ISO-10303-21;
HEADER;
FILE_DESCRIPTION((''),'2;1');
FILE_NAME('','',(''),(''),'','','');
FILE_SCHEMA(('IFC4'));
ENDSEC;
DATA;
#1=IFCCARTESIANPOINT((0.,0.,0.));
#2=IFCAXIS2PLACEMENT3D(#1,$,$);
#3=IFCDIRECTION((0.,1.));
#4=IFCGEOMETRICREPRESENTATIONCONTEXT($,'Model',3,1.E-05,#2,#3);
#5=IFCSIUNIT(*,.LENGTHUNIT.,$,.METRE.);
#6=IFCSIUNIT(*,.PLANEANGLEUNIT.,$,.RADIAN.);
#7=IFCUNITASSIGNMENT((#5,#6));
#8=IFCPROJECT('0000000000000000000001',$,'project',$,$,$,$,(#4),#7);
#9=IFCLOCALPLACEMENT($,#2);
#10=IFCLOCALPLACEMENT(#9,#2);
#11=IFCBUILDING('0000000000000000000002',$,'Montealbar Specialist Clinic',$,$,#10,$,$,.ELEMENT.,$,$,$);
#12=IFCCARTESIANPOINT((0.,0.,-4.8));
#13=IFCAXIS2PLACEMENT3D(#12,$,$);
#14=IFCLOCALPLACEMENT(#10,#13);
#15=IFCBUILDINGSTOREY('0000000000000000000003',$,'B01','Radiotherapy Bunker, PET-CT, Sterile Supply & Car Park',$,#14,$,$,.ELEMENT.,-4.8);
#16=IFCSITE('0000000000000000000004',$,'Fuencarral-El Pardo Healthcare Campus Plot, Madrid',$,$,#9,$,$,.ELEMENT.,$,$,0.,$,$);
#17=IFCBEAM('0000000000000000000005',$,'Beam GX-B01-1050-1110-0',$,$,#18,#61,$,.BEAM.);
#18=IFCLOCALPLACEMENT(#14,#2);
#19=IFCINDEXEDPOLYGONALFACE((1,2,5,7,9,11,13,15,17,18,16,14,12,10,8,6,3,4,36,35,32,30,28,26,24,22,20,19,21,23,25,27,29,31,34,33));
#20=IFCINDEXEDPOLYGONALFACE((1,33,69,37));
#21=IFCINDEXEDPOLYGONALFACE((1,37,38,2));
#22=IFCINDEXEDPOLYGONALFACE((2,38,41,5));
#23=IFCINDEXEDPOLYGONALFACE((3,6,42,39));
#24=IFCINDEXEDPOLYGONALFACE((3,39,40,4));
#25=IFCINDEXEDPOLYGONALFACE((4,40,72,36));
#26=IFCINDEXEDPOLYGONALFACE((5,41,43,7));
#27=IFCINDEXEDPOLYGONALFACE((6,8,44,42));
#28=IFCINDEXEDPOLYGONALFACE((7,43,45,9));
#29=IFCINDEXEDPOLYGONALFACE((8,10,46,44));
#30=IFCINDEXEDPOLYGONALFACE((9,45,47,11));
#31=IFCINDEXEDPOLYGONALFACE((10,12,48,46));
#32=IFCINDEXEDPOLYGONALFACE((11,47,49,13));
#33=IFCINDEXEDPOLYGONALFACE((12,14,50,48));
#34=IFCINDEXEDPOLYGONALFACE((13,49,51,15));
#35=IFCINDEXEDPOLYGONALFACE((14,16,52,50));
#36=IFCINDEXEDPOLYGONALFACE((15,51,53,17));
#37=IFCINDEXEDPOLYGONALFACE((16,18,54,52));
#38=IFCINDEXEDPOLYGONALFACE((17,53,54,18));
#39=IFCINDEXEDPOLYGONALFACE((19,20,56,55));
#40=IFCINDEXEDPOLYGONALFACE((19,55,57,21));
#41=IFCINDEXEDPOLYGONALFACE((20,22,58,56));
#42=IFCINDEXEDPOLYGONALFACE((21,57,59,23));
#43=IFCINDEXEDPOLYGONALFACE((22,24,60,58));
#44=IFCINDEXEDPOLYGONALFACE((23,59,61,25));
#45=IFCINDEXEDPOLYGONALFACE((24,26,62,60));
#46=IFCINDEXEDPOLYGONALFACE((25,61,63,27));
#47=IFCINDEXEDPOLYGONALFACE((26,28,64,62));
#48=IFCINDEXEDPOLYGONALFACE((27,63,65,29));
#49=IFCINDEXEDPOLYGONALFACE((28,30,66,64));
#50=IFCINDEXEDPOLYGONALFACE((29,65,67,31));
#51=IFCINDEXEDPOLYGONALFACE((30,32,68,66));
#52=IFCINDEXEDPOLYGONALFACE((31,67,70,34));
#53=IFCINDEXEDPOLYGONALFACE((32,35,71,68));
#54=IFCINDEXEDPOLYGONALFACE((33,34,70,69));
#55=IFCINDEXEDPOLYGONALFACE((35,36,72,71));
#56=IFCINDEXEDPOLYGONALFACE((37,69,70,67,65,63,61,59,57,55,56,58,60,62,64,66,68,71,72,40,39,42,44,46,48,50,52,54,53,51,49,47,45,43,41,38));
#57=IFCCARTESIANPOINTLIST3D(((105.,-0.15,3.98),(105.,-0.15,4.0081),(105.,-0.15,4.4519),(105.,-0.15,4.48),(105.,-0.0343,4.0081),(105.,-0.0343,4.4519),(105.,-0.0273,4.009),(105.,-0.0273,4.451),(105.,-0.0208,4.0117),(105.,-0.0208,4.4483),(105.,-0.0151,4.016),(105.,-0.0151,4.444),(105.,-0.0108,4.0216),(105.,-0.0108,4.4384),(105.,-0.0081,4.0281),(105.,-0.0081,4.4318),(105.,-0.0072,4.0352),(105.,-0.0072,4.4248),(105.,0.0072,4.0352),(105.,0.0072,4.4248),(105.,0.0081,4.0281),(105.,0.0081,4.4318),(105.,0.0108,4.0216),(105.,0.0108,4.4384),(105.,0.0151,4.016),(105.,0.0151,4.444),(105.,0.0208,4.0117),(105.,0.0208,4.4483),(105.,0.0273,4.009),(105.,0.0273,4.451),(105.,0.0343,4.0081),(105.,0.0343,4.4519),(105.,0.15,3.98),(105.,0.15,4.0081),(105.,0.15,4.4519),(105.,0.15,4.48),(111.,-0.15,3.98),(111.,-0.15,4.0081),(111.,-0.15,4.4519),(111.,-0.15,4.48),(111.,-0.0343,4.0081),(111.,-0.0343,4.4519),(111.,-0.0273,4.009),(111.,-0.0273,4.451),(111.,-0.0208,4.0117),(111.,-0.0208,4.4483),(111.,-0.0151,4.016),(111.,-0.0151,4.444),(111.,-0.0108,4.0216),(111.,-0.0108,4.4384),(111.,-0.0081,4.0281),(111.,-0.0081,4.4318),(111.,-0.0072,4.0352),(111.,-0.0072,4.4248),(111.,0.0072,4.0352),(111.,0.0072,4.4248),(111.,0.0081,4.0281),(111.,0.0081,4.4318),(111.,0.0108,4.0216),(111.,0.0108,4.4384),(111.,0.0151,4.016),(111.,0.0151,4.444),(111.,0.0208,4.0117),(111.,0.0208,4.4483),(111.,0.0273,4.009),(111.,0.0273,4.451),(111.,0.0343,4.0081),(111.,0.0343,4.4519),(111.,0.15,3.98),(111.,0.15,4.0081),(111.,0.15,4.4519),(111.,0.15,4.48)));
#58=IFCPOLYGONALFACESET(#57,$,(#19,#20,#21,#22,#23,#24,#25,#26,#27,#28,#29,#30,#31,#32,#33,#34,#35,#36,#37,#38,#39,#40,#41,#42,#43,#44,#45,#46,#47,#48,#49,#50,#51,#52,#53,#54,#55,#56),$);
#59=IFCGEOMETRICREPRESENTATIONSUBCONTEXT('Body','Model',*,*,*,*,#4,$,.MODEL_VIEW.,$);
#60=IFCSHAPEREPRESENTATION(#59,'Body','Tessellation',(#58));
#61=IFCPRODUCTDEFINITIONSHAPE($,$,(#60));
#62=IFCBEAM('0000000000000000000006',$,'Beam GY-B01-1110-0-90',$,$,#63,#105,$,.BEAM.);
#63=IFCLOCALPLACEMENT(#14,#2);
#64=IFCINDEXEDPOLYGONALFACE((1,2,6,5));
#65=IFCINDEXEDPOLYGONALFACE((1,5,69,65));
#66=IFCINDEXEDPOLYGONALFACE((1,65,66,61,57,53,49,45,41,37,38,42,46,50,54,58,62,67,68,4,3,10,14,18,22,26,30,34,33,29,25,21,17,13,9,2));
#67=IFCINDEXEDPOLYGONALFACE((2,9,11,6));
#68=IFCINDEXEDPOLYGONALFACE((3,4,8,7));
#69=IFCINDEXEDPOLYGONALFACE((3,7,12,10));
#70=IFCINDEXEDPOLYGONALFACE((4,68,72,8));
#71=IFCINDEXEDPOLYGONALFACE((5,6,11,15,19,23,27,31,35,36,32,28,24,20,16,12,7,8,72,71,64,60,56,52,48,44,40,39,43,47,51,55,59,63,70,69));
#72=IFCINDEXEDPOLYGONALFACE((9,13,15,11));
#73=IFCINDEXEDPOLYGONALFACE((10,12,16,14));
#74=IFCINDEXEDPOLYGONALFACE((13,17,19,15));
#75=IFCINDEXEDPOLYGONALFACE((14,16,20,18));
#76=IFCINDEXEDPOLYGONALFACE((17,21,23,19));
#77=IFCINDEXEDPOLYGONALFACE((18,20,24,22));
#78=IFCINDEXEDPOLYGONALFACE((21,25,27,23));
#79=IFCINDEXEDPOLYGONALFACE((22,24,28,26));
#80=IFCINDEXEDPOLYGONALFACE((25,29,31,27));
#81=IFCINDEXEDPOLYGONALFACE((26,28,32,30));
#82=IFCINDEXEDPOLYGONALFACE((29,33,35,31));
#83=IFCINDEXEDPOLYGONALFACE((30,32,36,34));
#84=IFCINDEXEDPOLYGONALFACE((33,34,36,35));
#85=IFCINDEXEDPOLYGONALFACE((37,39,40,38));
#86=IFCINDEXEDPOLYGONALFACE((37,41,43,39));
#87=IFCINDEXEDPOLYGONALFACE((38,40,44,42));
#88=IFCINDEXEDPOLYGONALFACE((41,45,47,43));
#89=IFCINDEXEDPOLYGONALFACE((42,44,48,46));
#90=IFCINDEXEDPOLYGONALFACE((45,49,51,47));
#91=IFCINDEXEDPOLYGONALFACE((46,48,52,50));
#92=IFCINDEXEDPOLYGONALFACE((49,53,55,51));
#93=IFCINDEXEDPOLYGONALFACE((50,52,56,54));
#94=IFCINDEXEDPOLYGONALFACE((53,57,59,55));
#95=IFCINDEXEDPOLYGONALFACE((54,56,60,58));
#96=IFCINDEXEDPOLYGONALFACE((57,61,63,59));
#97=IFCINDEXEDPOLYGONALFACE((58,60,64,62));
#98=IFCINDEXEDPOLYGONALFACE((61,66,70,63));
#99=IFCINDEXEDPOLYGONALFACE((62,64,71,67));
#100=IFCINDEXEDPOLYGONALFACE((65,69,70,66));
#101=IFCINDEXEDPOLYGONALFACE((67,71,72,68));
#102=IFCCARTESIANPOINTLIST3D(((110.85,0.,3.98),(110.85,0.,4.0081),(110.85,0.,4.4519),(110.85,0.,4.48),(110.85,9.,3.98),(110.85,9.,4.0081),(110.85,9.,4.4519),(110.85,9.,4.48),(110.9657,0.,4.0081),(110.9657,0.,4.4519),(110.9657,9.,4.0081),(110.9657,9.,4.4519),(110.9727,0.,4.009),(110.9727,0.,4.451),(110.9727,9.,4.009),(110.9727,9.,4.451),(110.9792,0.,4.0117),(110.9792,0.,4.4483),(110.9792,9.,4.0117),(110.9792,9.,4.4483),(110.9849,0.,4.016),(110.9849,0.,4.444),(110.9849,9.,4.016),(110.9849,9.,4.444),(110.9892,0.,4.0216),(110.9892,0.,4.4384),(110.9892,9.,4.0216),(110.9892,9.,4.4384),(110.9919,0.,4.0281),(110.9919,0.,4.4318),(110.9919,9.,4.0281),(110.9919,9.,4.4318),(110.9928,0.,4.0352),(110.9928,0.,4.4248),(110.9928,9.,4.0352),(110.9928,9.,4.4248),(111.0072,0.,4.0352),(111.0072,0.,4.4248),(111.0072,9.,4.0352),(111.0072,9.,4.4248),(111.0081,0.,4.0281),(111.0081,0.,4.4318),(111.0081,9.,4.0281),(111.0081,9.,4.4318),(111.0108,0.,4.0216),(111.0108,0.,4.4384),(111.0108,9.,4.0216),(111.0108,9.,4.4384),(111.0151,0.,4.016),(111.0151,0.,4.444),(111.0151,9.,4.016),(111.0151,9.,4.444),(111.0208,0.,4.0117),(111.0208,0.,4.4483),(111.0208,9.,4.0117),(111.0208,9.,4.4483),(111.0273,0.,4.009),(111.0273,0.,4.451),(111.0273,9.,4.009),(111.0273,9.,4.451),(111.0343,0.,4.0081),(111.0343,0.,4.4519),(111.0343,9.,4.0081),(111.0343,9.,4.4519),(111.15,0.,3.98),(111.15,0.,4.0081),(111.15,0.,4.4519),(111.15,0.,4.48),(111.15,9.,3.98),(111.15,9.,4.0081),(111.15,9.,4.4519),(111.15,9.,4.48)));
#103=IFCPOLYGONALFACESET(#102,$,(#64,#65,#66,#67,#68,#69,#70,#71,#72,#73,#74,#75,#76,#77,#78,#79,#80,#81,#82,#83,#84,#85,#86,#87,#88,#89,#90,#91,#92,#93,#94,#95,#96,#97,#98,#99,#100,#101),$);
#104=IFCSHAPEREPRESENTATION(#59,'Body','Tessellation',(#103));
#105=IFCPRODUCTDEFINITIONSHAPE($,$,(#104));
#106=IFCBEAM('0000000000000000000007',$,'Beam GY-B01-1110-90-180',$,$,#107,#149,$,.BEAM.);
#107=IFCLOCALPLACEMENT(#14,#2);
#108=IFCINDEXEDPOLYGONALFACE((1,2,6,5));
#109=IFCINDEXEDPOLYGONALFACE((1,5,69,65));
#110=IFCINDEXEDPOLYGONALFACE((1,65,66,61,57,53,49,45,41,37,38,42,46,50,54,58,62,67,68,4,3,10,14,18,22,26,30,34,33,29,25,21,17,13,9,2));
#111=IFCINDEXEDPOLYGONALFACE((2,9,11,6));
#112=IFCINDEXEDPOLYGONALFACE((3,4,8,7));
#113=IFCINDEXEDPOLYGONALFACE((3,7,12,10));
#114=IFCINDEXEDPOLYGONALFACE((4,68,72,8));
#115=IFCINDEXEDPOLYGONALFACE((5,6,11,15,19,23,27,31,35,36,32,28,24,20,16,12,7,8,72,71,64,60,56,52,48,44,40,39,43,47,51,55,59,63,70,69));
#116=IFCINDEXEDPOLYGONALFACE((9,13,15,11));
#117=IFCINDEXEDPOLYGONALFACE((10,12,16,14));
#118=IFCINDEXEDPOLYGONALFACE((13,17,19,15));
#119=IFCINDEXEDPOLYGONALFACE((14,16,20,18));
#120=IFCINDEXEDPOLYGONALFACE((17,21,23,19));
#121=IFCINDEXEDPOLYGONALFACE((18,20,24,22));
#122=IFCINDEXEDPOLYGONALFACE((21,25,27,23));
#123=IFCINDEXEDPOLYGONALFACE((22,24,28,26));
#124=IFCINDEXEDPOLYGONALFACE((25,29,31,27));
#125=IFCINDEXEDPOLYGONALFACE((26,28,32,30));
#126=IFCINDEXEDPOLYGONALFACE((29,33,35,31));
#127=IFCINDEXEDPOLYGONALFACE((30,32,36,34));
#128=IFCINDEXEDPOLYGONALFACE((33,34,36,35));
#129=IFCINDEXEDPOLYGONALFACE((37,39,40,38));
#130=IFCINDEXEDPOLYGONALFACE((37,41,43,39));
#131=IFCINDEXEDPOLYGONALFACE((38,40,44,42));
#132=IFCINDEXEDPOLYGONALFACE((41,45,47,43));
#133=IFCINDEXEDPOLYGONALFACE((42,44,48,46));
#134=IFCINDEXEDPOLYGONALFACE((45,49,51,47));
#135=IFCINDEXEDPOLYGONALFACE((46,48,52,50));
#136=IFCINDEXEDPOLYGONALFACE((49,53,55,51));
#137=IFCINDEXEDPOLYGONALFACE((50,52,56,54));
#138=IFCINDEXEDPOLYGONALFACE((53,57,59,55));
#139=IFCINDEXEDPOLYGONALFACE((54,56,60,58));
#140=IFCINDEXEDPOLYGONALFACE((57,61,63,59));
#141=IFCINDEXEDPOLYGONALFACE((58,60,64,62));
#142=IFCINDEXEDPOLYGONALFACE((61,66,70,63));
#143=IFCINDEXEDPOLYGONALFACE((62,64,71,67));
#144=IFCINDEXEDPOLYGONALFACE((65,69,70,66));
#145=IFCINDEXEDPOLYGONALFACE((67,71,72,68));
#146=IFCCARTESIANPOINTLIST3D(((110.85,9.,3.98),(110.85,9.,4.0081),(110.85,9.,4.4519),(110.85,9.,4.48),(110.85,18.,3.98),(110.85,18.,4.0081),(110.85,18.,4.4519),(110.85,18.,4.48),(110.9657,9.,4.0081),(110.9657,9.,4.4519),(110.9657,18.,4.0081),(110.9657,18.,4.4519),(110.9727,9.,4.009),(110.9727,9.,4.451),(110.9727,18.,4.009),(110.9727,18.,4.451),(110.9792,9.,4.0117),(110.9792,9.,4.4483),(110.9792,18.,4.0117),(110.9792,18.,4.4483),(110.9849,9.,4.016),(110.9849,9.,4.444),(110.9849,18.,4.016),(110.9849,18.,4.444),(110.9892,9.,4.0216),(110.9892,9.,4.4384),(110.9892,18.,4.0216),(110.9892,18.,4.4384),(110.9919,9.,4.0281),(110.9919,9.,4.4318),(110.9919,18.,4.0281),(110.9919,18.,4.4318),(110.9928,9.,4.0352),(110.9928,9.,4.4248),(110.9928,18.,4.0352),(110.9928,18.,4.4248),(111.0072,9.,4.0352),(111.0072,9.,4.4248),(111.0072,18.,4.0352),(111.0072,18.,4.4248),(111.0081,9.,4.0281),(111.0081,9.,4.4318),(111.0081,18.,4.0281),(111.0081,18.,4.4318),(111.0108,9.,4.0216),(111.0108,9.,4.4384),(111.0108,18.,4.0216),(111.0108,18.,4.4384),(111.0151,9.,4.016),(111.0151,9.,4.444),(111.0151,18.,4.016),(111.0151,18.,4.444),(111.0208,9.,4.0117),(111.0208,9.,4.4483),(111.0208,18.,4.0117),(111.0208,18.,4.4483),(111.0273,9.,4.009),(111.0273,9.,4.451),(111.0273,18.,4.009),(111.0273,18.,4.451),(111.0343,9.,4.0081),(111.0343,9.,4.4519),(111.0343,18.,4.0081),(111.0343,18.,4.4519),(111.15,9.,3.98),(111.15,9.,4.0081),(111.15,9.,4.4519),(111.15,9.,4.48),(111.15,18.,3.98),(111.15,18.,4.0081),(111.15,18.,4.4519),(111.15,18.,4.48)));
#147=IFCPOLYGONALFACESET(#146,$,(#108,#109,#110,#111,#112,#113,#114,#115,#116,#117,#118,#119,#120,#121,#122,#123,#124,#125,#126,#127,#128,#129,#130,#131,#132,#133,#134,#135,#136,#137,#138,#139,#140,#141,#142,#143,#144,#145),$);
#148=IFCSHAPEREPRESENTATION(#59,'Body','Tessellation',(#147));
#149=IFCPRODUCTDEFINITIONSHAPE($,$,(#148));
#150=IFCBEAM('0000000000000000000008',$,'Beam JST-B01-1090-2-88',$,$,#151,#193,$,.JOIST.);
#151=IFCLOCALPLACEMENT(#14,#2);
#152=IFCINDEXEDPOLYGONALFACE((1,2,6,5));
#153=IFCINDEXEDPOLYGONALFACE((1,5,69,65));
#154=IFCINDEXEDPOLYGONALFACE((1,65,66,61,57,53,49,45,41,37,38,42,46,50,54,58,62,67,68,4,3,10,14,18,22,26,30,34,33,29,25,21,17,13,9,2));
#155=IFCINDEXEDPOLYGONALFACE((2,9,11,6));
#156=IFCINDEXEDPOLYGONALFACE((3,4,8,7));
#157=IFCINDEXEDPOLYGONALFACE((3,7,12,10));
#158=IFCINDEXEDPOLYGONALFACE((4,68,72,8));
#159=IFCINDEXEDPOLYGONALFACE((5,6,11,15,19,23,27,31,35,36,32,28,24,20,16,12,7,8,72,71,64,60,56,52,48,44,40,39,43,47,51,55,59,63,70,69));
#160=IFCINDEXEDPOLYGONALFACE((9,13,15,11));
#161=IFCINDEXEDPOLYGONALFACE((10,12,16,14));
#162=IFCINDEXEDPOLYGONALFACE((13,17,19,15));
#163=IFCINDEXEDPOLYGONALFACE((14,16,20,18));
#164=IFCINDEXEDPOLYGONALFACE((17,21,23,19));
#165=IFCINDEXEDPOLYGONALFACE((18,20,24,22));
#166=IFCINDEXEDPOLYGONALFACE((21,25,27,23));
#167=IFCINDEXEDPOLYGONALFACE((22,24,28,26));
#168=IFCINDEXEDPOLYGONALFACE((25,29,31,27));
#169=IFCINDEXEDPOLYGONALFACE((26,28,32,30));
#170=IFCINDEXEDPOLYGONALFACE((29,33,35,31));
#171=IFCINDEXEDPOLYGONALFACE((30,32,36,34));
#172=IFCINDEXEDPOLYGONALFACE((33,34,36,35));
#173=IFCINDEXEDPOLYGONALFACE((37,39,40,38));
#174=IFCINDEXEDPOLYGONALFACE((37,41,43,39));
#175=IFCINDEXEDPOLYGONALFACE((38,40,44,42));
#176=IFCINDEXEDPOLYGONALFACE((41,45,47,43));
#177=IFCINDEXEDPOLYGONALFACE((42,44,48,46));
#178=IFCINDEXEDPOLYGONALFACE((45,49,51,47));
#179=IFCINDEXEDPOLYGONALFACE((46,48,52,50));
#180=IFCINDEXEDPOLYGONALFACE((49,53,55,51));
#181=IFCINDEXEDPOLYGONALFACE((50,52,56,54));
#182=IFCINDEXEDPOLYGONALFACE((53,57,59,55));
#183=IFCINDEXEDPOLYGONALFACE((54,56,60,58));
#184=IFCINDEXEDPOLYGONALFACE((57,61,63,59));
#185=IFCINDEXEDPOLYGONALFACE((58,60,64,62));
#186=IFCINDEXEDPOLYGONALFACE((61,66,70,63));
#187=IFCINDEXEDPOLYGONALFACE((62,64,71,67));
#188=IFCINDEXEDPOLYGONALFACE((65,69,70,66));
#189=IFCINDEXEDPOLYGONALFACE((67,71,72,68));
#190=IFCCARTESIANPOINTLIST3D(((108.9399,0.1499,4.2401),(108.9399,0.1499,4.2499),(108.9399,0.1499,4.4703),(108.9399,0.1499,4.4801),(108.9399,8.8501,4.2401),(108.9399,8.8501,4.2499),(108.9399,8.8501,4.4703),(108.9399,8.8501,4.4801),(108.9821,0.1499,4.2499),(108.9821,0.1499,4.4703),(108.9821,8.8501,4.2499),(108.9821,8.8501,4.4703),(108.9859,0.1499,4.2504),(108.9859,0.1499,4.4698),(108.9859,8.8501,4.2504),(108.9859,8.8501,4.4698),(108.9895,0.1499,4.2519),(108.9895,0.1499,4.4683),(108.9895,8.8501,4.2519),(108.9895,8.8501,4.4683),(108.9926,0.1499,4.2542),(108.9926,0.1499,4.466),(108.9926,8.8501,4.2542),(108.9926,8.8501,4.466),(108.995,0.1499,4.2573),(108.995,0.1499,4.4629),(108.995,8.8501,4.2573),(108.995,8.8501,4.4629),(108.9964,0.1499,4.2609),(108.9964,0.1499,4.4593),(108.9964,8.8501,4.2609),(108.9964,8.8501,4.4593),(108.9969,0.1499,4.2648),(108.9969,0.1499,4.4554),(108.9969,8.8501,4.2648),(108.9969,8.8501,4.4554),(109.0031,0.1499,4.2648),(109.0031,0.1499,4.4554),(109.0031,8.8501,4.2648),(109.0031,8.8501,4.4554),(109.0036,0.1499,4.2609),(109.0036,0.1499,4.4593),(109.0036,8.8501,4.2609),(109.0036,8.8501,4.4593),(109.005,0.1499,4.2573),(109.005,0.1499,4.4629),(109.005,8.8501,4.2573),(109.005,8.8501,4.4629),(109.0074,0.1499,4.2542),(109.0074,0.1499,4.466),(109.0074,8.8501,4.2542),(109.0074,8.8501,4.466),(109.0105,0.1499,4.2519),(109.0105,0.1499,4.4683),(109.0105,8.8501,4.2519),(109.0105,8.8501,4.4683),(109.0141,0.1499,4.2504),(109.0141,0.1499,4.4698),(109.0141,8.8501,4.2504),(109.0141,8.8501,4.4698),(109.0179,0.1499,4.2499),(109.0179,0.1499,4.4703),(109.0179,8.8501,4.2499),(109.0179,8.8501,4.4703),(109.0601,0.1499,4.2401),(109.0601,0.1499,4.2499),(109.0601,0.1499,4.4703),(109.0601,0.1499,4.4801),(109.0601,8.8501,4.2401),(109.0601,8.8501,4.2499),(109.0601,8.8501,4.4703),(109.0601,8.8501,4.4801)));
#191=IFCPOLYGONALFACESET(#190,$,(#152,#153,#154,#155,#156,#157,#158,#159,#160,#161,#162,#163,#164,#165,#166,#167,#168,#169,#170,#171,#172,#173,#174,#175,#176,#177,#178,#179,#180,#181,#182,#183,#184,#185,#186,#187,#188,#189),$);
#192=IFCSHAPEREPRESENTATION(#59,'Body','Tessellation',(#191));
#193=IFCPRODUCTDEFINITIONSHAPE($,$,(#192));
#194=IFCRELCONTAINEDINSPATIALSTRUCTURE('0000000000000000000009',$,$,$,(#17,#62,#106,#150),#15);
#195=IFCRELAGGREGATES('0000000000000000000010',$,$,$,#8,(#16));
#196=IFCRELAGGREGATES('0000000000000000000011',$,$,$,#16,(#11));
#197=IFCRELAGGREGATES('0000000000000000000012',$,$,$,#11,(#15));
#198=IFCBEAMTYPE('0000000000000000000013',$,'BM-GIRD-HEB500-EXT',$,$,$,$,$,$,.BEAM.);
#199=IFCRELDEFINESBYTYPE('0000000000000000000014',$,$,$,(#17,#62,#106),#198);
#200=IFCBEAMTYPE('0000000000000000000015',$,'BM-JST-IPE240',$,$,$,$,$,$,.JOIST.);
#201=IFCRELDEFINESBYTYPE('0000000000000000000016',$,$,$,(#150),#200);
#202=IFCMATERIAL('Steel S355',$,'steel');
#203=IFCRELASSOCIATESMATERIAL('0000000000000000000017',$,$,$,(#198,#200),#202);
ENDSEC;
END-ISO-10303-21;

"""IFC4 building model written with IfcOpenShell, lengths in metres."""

from ifc_helpers import new_model, si_unit, direction, frame, origin, origin_2d, place, context, subcontext, project, spatial, i_section, extrude, material, material_profile, profile_set, type_object, element, save


model = new_model("IFC4")

# Units and contexts
model_context = context("Model", 3, precision=1e-05, world=origin(), true_north=direction((0.0, 1.0)))
body_context = subcontext(model_context, "Body", "Model", "MODEL_VIEW")
ifc_project = project(units=[si_unit("LENGTHUNIT", "METRE"), si_unit("PLANEANGLEUNIT", "RADIAN")], contexts=[model_context])

# Site, building, storey
site_placement = place(None, origin())
site = spatial("IfcSite", under=ifc_project, at=site_placement, Name="Fuencarral-El Pardo Healthcare Campus Plot, Madrid", CompositionType="ELEMENT", RefElevation=0.0)
building_placement = place(site_placement, origin())
building = spatial("IfcBuilding", under=site, at=building_placement, Name="Montealbar Specialist Clinic", CompositionType="ELEMENT")
storey_placement = place(building_placement, frame((0.0, 0.0, -4.8)))
storey = spatial("IfcBuildingStorey", under=building, at=storey_placement, Name="B01", Description="Radiotherapy Bunker, PET-CT, Sterile Supply & Car Park", CompositionType="ELEMENT", Elevation=-4.8)

# Shared definitions
ifc_material_1 = material(Name="Steel S355", Category="steel")

# Beams
ifc_material_profile_1 = material_profile(ifc_material_1, i_section(OverallWidth=0.3, OverallDepth=0.5, WebThickness=0.0144, FlangeThickness=0.0281, FilletRadius=0.0271, at=origin_2d()), Name="HEB 500", Category="steel")
ifc_profile_set_1 = profile_set([ifc_material_profile_1], Name="Steel S355")
beam_type_1 = type_object("IfcBeamType", Name="BM-GIRD-HEB500-EXT", PredefinedType="BEAM", material=ifc_profile_set_1)
beam_1_placement = place(storey_placement, frame((105.0, 0.0, 4.23), z_axis=(1.0, 0.0, 0.0), x_axis=(0.0, 1.0, 0.0)))
element("IfcBeam", 1, at=beam_1_placement, inside=storey, type_object=beam_type_1, Name="Beam GX-B01-1050-1110-0", PredefinedType="BEAM", context=body_context, shape_type="SweptSolid", body=[
    extrude(i_section(OverallWidth=0.3, OverallDepth=0.5, WebThickness=0.0144, FlangeThickness=0.0281, FilletRadius=0.0271, at=origin_2d()), origin(), (0.0, 0.0, 1.0), 6.0),
])
for number, where, z_axis, x_axis, name in (
    (2, (111.0, 0.0, 4.23), (0.0, 1.0, 0.0), (-1.0, 0.0, 0.0), "Beam GY-B01-1110-0-90"),
    (3, (111.0, 9.0, 4.23), (0.0, 1.0, 0.0), (-1.0, 0.0, 0.0), "Beam GY-B01-1110-90-180"),
):
    element("IfcBeam", number, at=place(storey_placement, frame(where, z_axis=z_axis, x_axis=x_axis)), inside=storey, type_object=beam_type_1, Name=name, PredefinedType="BEAM", context=body_context, shape_type="SweptSolid", body=[
        extrude(i_section(OverallWidth=0.3, OverallDepth=0.5, WebThickness=0.0144, FlangeThickness=0.0281, FilletRadius=0.0271, at=origin_2d()), origin(), (0.0, 0.0, 1.0), 9.0),
    ])
ifc_material_profile_2 = material_profile(ifc_material_1, i_section(OverallWidth=0.1201, OverallDepth=0.24, WebThickness=0.0061, FlangeThickness=0.0098, FilletRadius=0.0149, at=origin_2d()), Name="IPE 240", Category="steel")
ifc_profile_set_2 = profile_set([ifc_material_profile_2], Name="Steel S355")
beam_type_2 = type_object("IfcBeamType", Name="BM-JST-IPE240", PredefinedType="JOIST", material=ifc_profile_set_2)
for number, where, z_axis, x_axis, name in (
    (4, (109.0, 0.1499, 4.3601), (0.0, 1.0, 0.0), (-1.0, 0.0, 0.0), "Beam JST-B01-1090-2-88"),
):
    element("IfcBeam", number, at=place(storey_placement, frame(where, z_axis=z_axis, x_axis=x_axis)), inside=storey, type_object=beam_type_2, Name=name, PredefinedType="JOIST", context=body_context, shape_type="SweptSolid", body=[
        extrude(i_section(OverallWidth=0.1201, OverallDepth=0.24, WebThickness=0.0061, FlangeThickness=0.0098, FilletRadius=0.0149, at=origin_2d()), origin(), (0.0, 0.0, 1.0), 8.7002),
    ])

save(model, "model.ifc")
